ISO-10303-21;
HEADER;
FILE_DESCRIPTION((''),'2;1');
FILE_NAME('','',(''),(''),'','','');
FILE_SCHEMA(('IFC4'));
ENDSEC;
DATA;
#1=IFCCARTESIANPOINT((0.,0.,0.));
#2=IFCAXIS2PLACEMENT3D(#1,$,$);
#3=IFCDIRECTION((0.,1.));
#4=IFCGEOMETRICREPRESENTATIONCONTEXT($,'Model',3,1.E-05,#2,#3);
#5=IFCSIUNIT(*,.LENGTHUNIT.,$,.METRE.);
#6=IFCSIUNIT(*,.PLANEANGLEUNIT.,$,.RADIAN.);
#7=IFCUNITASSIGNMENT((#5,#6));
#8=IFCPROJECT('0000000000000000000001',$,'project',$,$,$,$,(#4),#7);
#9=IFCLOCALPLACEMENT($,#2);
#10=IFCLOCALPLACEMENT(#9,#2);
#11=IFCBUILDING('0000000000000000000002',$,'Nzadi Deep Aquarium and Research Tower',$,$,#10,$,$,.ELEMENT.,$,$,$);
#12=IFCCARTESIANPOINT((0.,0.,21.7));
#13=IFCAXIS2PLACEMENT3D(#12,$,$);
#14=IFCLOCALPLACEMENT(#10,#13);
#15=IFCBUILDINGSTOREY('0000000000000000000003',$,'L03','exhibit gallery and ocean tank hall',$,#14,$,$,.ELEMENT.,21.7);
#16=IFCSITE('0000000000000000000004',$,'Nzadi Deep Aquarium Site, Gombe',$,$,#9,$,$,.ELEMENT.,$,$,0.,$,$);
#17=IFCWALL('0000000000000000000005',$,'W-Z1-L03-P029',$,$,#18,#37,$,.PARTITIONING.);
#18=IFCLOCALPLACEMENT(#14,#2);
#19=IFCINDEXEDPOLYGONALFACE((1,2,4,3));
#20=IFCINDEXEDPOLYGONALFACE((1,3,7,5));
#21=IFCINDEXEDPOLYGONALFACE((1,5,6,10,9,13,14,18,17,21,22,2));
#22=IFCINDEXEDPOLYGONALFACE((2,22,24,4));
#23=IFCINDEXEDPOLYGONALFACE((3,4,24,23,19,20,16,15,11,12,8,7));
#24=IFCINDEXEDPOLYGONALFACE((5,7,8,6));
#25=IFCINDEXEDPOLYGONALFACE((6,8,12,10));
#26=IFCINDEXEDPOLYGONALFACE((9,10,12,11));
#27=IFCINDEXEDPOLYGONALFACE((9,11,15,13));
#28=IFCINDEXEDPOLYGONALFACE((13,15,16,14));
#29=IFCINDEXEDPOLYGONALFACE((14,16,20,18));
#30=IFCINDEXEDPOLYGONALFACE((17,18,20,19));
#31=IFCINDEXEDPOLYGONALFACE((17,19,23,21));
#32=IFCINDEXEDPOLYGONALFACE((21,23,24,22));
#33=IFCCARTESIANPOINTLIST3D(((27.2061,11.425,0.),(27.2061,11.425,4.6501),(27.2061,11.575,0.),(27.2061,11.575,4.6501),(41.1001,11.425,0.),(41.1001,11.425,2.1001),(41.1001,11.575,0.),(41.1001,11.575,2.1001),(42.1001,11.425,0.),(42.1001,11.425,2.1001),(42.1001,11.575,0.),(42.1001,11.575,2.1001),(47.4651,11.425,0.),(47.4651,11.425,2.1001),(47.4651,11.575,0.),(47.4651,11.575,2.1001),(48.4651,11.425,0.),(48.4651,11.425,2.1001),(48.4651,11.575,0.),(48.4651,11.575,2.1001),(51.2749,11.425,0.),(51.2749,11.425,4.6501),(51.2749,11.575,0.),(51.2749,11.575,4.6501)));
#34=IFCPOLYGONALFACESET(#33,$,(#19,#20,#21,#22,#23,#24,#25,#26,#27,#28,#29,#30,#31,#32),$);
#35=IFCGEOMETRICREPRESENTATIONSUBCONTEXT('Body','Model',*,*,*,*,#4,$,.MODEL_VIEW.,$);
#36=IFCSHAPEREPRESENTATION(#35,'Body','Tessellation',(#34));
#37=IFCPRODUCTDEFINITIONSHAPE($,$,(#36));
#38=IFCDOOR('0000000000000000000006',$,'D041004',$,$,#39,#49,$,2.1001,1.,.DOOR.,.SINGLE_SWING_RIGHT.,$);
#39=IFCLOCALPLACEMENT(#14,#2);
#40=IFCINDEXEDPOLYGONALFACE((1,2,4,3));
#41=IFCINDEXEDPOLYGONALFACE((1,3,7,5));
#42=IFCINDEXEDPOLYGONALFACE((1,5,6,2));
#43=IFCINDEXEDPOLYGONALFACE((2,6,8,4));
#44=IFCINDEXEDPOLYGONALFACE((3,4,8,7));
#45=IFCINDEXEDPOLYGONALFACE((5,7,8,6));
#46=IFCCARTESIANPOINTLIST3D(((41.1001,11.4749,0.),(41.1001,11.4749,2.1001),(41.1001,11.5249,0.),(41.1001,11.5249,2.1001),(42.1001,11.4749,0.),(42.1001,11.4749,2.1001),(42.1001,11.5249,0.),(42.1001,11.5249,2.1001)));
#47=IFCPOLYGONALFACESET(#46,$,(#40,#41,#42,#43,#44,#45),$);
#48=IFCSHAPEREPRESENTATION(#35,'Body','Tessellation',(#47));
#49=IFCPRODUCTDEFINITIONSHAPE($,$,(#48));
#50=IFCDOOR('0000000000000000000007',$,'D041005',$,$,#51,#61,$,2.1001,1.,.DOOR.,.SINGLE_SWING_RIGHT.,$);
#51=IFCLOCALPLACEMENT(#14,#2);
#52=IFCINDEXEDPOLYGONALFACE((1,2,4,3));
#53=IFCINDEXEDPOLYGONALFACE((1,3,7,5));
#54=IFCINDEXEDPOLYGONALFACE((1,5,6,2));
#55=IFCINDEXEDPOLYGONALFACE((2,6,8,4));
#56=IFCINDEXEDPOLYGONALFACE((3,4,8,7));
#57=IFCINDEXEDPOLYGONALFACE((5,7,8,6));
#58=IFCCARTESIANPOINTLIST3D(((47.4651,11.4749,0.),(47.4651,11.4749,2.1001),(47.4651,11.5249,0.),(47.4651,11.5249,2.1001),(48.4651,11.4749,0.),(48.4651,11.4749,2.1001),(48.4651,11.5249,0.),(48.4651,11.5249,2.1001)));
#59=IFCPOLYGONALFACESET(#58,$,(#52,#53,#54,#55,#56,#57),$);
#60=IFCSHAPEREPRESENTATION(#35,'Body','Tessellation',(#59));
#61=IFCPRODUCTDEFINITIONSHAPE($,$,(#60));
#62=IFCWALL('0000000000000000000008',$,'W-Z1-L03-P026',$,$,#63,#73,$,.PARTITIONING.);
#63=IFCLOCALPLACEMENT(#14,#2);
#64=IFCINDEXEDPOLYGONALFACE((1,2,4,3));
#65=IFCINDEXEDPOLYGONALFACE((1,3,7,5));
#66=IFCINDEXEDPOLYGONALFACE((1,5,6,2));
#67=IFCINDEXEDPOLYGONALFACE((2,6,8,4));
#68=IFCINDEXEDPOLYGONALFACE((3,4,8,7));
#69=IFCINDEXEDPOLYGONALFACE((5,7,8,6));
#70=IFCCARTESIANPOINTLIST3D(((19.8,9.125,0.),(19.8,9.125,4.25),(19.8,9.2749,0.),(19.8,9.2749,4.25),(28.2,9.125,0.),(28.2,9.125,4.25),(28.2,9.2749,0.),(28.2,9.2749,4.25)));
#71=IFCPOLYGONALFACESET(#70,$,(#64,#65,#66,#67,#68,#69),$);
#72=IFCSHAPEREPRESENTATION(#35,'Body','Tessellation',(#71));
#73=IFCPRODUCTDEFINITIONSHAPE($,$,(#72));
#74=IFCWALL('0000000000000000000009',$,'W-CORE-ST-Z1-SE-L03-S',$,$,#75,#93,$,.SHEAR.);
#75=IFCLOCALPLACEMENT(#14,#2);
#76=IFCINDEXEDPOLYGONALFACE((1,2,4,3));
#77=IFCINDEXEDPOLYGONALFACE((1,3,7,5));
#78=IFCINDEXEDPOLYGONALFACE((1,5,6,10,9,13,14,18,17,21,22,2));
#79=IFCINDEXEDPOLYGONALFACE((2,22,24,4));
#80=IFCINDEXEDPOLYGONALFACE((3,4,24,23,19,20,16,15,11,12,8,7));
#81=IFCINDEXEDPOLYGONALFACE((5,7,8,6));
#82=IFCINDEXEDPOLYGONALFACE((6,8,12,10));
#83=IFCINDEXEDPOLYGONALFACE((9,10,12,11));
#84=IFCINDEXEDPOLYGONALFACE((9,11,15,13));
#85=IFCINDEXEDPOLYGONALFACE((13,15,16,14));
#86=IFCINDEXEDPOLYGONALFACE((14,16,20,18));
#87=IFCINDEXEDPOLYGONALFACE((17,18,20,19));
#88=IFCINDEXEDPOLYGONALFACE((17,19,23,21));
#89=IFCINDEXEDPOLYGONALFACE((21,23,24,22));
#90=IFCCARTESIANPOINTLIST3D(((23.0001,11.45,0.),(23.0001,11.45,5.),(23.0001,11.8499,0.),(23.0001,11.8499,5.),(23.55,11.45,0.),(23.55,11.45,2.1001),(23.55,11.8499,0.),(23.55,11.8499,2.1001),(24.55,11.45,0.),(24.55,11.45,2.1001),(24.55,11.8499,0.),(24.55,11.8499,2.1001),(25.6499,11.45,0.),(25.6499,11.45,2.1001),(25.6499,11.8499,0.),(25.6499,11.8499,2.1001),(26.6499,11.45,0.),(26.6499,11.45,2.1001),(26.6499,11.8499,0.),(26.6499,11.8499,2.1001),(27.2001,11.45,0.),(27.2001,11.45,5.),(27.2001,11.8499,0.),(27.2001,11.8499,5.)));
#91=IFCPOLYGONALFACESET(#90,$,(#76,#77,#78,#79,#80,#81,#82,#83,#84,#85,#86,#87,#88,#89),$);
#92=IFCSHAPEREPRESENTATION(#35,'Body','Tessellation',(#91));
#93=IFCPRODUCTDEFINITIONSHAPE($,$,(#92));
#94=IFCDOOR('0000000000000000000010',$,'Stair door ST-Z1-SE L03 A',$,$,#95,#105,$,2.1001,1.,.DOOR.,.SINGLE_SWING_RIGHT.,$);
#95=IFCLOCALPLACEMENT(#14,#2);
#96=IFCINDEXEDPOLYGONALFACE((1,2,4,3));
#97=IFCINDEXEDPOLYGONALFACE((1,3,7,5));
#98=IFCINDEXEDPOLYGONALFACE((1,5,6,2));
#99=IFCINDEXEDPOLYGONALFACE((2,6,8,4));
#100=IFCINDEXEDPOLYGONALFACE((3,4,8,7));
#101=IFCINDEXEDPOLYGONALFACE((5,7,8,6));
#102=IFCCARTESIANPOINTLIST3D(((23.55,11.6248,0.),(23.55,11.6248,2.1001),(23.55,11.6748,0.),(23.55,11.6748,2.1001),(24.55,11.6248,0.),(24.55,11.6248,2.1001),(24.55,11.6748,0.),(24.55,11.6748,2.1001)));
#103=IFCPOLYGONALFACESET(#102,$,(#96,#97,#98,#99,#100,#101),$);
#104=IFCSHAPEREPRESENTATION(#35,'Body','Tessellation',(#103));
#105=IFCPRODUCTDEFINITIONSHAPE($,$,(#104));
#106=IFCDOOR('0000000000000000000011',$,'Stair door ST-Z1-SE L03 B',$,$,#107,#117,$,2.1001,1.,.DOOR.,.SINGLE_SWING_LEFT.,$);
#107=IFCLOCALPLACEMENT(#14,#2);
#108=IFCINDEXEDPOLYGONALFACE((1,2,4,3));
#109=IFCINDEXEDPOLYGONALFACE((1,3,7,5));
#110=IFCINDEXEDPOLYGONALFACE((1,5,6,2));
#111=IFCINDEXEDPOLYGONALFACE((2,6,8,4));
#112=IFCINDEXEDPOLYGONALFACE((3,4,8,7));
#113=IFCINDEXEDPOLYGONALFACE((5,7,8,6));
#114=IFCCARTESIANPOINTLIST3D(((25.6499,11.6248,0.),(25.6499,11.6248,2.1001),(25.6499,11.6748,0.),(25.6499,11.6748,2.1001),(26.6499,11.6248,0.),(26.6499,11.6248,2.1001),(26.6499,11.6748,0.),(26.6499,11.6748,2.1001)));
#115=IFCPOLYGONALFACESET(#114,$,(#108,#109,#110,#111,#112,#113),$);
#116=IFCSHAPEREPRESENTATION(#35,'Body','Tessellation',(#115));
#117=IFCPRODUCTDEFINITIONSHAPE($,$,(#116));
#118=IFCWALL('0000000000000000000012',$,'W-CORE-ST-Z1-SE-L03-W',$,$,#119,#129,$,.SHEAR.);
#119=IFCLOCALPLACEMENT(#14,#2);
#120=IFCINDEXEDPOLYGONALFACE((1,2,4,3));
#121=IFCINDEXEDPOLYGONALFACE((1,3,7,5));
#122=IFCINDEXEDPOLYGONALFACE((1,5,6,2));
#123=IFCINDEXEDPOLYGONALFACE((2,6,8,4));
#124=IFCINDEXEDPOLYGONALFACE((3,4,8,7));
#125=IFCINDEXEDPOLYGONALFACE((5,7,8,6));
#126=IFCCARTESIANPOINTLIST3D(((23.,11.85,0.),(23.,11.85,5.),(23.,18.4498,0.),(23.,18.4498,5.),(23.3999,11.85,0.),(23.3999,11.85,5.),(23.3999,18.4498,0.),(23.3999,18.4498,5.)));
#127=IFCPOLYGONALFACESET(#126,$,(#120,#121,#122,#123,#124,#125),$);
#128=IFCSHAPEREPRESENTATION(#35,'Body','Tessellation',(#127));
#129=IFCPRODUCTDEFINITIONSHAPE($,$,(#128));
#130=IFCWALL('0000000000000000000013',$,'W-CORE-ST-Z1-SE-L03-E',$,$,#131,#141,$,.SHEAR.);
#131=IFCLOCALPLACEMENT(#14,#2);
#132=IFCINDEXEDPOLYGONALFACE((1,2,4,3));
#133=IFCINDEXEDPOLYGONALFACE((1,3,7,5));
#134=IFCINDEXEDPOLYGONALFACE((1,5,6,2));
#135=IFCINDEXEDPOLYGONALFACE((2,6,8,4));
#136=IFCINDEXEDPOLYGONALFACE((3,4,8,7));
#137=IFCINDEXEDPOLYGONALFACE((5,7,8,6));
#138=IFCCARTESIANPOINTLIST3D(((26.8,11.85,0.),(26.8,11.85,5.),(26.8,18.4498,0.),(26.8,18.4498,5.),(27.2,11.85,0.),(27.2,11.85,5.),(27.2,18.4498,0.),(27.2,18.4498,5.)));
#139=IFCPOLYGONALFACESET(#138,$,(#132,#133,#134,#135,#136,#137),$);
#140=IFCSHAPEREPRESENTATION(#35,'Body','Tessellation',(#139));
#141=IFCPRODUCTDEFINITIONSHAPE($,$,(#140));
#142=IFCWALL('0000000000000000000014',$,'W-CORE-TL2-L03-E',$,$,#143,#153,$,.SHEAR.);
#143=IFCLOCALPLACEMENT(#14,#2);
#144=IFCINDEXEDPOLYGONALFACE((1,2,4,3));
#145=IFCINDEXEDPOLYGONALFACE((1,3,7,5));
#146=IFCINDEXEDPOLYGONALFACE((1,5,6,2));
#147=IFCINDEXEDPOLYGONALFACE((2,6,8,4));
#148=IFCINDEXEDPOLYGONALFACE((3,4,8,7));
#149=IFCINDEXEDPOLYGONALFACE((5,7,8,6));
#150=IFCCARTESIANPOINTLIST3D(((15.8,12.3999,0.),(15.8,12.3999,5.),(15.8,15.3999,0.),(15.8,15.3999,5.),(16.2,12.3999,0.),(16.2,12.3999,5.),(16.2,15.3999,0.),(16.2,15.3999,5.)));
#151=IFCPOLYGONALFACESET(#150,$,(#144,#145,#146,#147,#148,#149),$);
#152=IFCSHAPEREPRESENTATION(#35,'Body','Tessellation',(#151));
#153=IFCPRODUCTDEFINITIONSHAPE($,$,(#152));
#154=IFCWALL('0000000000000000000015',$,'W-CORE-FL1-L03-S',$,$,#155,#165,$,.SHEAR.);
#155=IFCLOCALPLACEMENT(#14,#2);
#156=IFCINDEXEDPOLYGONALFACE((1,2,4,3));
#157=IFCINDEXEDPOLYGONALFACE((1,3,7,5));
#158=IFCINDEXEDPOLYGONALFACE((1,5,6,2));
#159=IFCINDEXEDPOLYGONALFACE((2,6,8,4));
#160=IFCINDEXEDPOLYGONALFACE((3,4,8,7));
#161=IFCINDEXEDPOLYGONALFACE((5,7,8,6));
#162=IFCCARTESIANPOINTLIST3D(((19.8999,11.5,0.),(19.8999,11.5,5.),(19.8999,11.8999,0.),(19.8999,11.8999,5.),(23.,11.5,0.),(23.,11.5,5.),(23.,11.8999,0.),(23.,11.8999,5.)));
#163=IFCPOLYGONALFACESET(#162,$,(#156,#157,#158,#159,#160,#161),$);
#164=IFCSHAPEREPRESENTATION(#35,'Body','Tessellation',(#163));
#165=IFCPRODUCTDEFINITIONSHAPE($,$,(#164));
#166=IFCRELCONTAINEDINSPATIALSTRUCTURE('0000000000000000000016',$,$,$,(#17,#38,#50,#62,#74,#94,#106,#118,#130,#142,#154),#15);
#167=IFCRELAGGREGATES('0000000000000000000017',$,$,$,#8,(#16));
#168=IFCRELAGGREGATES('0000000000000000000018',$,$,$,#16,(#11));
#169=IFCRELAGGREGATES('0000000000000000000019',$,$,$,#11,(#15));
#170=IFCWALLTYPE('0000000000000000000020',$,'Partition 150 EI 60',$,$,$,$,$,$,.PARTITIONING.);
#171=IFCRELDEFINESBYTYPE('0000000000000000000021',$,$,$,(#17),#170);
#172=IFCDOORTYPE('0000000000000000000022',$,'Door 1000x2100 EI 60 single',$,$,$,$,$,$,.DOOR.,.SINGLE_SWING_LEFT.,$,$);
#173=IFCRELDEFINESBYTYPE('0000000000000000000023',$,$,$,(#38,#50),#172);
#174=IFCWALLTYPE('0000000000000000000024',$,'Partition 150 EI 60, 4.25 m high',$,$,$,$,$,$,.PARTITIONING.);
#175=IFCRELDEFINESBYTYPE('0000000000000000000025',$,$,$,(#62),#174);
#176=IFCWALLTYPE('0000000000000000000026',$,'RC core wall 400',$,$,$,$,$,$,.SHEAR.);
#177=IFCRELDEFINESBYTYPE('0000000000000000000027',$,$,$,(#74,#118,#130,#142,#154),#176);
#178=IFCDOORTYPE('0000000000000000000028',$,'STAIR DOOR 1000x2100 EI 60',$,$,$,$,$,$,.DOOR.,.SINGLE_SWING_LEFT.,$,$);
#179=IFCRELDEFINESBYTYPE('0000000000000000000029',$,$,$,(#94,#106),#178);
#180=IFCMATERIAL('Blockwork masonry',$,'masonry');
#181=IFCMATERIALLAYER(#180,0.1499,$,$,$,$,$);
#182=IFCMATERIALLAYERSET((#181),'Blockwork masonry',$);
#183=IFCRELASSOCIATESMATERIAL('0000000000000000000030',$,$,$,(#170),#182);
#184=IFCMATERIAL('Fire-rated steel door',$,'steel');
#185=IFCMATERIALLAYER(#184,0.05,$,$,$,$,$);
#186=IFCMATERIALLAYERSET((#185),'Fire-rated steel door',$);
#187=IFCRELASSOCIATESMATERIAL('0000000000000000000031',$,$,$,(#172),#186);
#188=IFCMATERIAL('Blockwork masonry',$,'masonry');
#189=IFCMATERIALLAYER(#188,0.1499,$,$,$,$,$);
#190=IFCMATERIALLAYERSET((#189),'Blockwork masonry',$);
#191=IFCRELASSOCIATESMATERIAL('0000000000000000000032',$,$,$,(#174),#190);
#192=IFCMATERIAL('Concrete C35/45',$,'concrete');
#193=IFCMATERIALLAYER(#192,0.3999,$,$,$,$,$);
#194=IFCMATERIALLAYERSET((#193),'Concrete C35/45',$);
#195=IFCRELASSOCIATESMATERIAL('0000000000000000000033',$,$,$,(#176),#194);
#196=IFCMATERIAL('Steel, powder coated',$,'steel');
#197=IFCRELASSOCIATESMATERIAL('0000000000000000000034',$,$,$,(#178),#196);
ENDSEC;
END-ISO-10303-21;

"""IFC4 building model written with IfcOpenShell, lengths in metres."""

from ifc_helpers import new_model, si_unit, direction, frame, frame_2d, origin, place, context, subcontext, project, spatial, rectangle, extrude, material, layer, layer_set, type_object, element, fill, save


model = new_model("IFC4")

# Units and contexts
model_context = context("Model", 3, precision=1e-05, world=origin(), true_north=direction((0.0, 1.0)))
body_context = subcontext(model_context, "Body", "Model", "MODEL_VIEW")
ifc_project = project(units=[si_unit("LENGTHUNIT", "METRE"), si_unit("PLANEANGLEUNIT", "RADIAN")], contexts=[model_context])

# Site, building, storey
site_placement = place(None, origin())
site = spatial("IfcSite", under=ifc_project, at=site_placement, Name="Nzadi Deep Aquarium Site, Gombe", CompositionType="ELEMENT", RefElevation=0.0)
building_placement = place(site_placement, origin())
building = spatial("IfcBuilding", under=site, at=building_placement, Name="Nzadi Deep Aquarium and Research Tower", CompositionType="ELEMENT")
storey_placement = place(building_placement, frame((0.0, 0.0, 21.7)))
storey = spatial("IfcBuildingStorey", under=building, at=storey_placement, Name="L03", Description="exhibit gallery and ocean tank hall", CompositionType="ELEMENT", Elevation=21.7)

# Wall, openings, doors
ifc_material_1 = material(Name="Blockwork masonry", Category="masonry")
ifc_layer_1 = layer(ifc_material_1, 0.1499)
ifc_layer_set_1 = layer_set([ifc_layer_1], Name="Blockwork masonry")
wall_type_1 = type_object("IfcWallType", Name="Partition 150 EI 60", PredefinedType="PARTITIONING", material=ifc_layer_set_1)
wall_1_placement = place(storey_placement, frame((27.2061, 11.5, 0.0), z_axis=(0.0, 0.0, 1.0), x_axis=(1.0, 0.0, 0.0)))
wall_1 = element("IfcWall", 1, at=wall_1_placement, inside=storey, type_object=wall_type_1, Name="W-Z1-L03-P029", PredefinedType="PARTITIONING", context=body_context, shape_type="SweptSolid", body=[
    extrude(rectangle(XDim=24.0688, YDim=0.1499, at=frame_2d((12.0344, 0.0))), origin(), (0.0, 0.0, 1.0), 4.6501),
])
opening_1_placement = place(wall_1_placement, frame((13.894, 0.0, 0.0)))
opening_1 = element("IfcOpeningElement", 2, at=opening_1_placement, cuts=wall_1, PredefinedType="OPENING", context=body_context, shape_type="SweptSolid", body=[
    extrude(rectangle(XDim=1.0, YDim=2.1001, at=frame_2d((0.5, 1.05))), frame((0.0, 0.085, 0.0), z_axis=(0.0, -1.0, 0.0), x_axis=(1.0, 0.0, 0.0)), (0.0, 0.0, 1.0), 0.1699),
])
opening_2_placement = place(wall_1_placement, frame((20.259, 0.0, 0.0)))
opening_2 = element("IfcOpeningElement", 3, at=opening_2_placement, cuts=wall_1, PredefinedType="OPENING", context=body_context, shape_type="SweptSolid", body=[
    extrude(rectangle(XDim=1.0, YDim=2.1001, at=frame_2d((0.5, 1.05))), frame((0.0, 0.085, 0.0), z_axis=(0.0, -1.0, 0.0), x_axis=(1.0, 0.0, 0.0)), (0.0, 0.0, 1.0), 0.1699),
])
ifc_material_2 = material(Name="Fire-rated steel door", Category="steel")
ifc_layer_2 = layer(ifc_material_2, 0.05)
ifc_layer_set_2 = layer_set([ifc_layer_2], Name="Fire-rated steel door")
door_type_1 = type_object("IfcDoorType", Name="Door 1000x2100 EI 60 single", OperationType="SINGLE_SWING_LEFT", PredefinedType="DOOR", material=ifc_layer_set_2)
door_1_placement = place(opening_1_placement, origin())
door_1 = element("IfcDoor", 4, at=door_1_placement, inside=storey, type_object=door_type_1, Name="D041004", OperationType="SINGLE_SWING_RIGHT", OverallHeight=2.1001, OverallWidth=1.0, PredefinedType="DOOR", context=body_context, shape_type="SweptSolid", body=[
    extrude(rectangle(XDim=1.0, YDim=2.1001, at=frame_2d((0.5, 1.05))), frame((0.0, 0.0249, 0.0), z_axis=(0.0, -1.0, 0.0), x_axis=(1.0, 0.0, 0.0)), (0.0, 0.0, 1.0), 0.05),
])
fill(opening_1, door_1)
door_2_placement = place(opening_2_placement, origin())
door_2 = element("IfcDoor", 5, at=door_2_placement, inside=storey, type_object=door_type_1, Name="D041005", OperationType="SINGLE_SWING_RIGHT", OverallHeight=2.1001, OverallWidth=1.0, PredefinedType="DOOR", context=body_context, shape_type="SweptSolid", body=[
    extrude(rectangle(XDim=1.0, YDim=2.1001, at=frame_2d((0.5, 1.05))), frame((0.0, 0.0249, 0.0), z_axis=(0.0, -1.0, 0.0), x_axis=(1.0, 0.0, 0.0)), (0.0, 0.0, 1.0), 0.05),
])
fill(opening_2, door_2)

# Wall
ifc_material_3 = material(Name="Blockwork masonry", Category="masonry")
ifc_layer_3 = layer(ifc_material_3, 0.1499)
ifc_layer_set_3 = layer_set([ifc_layer_3], Name="Blockwork masonry")
wall_type_2 = type_object("IfcWallType", Name="Partition 150 EI 60, 4.25 m high", PredefinedType="PARTITIONING", material=ifc_layer_set_3)
wall_2_placement = place(storey_placement, frame((19.8, 9.2, 0.0), z_axis=(0.0, 0.0, 1.0), x_axis=(1.0, 0.0, 0.0)))
element("IfcWall", 6, at=wall_2_placement, inside=storey, type_object=wall_type_2, Name="W-Z1-L03-P026", PredefinedType="PARTITIONING", context=body_context, shape_type="SweptSolid", body=[
    extrude(rectangle(XDim=8.3999, YDim=0.1499, at=frame_2d((4.2, 0.0))), origin(), (0.0, 0.0, 1.0), 4.25),
])

# Wall, openings, doors
ifc_material_4 = material(Name="Concrete C35/45", Category="concrete")
ifc_layer_4 = layer(ifc_material_4, 0.3999)
ifc_layer_set_4 = layer_set([ifc_layer_4], Name="Concrete C35/45")
wall_type_3 = type_object("IfcWallType", Name="RC core wall 400", PredefinedType="SHEAR", material=ifc_layer_set_4)
wall_3_placement = place(storey_placement, frame((23.0, 11.6499, 0.0), z_axis=(0.0, 0.0, 1.0), x_axis=(1.0, 0.0, 0.0)))
wall_3 = element("IfcWall", 7, at=wall_3_placement, inside=storey, type_object=wall_type_3, Name="W-CORE-ST-Z1-SE-L03-S", PredefinedType="SHEAR", context=body_context, shape_type="SweptSolid", body=[
    extrude(rectangle(XDim=4.2, YDim=0.3999, at=frame_2d((2.1001, 0.0))), origin(), (0.0, 0.0, 1.0), 5.0),
])
opening_3_placement = place(wall_3_placement, frame((0.55, 0.0, 0.0)))
opening_3 = element("IfcOpeningElement", 8, at=opening_3_placement, cuts=wall_3, PredefinedType="OPENING", context=body_context, shape_type="SweptSolid", body=[
    extrude(rectangle(XDim=1.0, YDim=2.1001, at=frame_2d((0.5, 1.05))), frame((0.0, 0.21, 0.0), z_axis=(0.0, -1.0, 0.0), x_axis=(1.0, 0.0, 0.0)), (0.0, 0.0, 1.0), 0.4199),
])
opening_4_placement = place(wall_3_placement, frame((2.6499, 0.0, 0.0)))
opening_4 = element("IfcOpeningElement", 9, at=opening_4_placement, cuts=wall_3, PredefinedType="OPENING", context=body_context, shape_type="SweptSolid", body=[
    extrude(rectangle(XDim=1.0, YDim=2.1001, at=frame_2d((0.5, 1.05))), frame((0.0, 0.21, 0.0), z_axis=(0.0, -1.0, 0.0), x_axis=(1.0, 0.0, 0.0)), (0.0, 0.0, 1.0), 0.4199),
])
ifc_material_5 = material(Name="Steel, powder coated", Category="steel")
door_type_2 = type_object("IfcDoorType", Name="STAIR DOOR 1000x2100 EI 60", OperationType="SINGLE_SWING_LEFT", PredefinedType="DOOR", material=ifc_material_5)
door_3_placement = place(opening_3_placement, origin())
door_3 = element("IfcDoor", 10, at=door_3_placement, inside=storey, type_object=door_type_2, Name="Stair door ST-Z1-SE L03 A", OperationType="SINGLE_SWING_RIGHT", OverallHeight=2.1001, OverallWidth=1.0, PredefinedType="DOOR", context=body_context, shape_type="SweptSolid", body=[
    extrude(rectangle(XDim=1.0, YDim=2.1001, at=frame_2d((0.5, 1.05))), frame((0.0, 0.0249, 0.0), z_axis=(0.0, -1.0, 0.0), x_axis=(1.0, 0.0, 0.0)), (0.0, 0.0, 1.0), 0.05),
])
fill(opening_3, door_3)
door_4_placement = place(opening_4_placement, origin())
door_4 = element("IfcDoor", 11, at=door_4_placement, inside=storey, type_object=door_type_2, Name="Stair door ST-Z1-SE L03 B", OperationType="SINGLE_SWING_LEFT", OverallHeight=2.1001, OverallWidth=1.0, PredefinedType="DOOR", context=body_context, shape_type="SweptSolid", body=[
    extrude(rectangle(XDim=1.0, YDim=2.1001, at=frame_2d((0.5, 1.05))), frame((0.0, 0.0249, 0.0), z_axis=(0.0, -1.0, 0.0), x_axis=(1.0, 0.0, 0.0)), (0.0, 0.0, 1.0), 0.05),
])
fill(opening_4, door_4)

# Walls
for number, where, z_axis, x_axis, name in (
    (12, (23.2, 11.8501, 0.0), (0.0, 0.0, 1.0), (0.0, 1.0, 0.0), "W-CORE-ST-Z1-SE-L03-W"),
    (13, (27.0, 11.8501, 0.0), (0.0, 0.0, 1.0), (0.0, 1.0, 0.0), "W-CORE-ST-Z1-SE-L03-E"),
):
    element("IfcWall", number, at=place(storey_placement, frame(where, z_axis=z_axis, x_axis=x_axis)), inside=storey, type_object=wall_type_3, Name=name, PredefinedType="SHEAR", context=body_context, shape_type="SweptSolid", body=[
        extrude(rectangle(XDim=6.5999, YDim=0.3999, at=frame_2d((3.2998, 0.0))), origin(), (0.0, 0.0, 1.0), 5.0),
    ])
wall_4_placement = place(storey_placement, frame((16.0, 12.3999, 0.0), z_axis=(0.0, 0.0, 1.0), x_axis=(0.0, 1.0, 0.0)))
element("IfcWall", 14, at=wall_4_placement, inside=storey, type_object=wall_type_3, Name="W-CORE-TL2-L03-E", PredefinedType="SHEAR", context=body_context, shape_type="SweptSolid", body=[
    extrude(rectangle(XDim=3.0, YDim=0.3999, at=frame_2d((1.5, 0.0))), origin(), (0.0, 0.0, 1.0), 5.0),
])
wall_5_placement = place(storey_placement, frame((19.8999, 11.7, 0.0), z_axis=(0.0, 0.0, 1.0), x_axis=(1.0, 0.0, 0.0)))
element("IfcWall", 15, at=wall_5_placement, inside=storey, type_object=wall_type_3, Name="W-CORE-FL1-L03-S", PredefinedType="SHEAR", context=body_context, shape_type="SweptSolid", body=[
    extrude(rectangle(XDim=3.1001, YDim=0.3999, at=frame_2d((1.55, 0.0))), origin(), (0.0, 0.0, 1.0), 5.0),
])

save(model, "model.ifc")
